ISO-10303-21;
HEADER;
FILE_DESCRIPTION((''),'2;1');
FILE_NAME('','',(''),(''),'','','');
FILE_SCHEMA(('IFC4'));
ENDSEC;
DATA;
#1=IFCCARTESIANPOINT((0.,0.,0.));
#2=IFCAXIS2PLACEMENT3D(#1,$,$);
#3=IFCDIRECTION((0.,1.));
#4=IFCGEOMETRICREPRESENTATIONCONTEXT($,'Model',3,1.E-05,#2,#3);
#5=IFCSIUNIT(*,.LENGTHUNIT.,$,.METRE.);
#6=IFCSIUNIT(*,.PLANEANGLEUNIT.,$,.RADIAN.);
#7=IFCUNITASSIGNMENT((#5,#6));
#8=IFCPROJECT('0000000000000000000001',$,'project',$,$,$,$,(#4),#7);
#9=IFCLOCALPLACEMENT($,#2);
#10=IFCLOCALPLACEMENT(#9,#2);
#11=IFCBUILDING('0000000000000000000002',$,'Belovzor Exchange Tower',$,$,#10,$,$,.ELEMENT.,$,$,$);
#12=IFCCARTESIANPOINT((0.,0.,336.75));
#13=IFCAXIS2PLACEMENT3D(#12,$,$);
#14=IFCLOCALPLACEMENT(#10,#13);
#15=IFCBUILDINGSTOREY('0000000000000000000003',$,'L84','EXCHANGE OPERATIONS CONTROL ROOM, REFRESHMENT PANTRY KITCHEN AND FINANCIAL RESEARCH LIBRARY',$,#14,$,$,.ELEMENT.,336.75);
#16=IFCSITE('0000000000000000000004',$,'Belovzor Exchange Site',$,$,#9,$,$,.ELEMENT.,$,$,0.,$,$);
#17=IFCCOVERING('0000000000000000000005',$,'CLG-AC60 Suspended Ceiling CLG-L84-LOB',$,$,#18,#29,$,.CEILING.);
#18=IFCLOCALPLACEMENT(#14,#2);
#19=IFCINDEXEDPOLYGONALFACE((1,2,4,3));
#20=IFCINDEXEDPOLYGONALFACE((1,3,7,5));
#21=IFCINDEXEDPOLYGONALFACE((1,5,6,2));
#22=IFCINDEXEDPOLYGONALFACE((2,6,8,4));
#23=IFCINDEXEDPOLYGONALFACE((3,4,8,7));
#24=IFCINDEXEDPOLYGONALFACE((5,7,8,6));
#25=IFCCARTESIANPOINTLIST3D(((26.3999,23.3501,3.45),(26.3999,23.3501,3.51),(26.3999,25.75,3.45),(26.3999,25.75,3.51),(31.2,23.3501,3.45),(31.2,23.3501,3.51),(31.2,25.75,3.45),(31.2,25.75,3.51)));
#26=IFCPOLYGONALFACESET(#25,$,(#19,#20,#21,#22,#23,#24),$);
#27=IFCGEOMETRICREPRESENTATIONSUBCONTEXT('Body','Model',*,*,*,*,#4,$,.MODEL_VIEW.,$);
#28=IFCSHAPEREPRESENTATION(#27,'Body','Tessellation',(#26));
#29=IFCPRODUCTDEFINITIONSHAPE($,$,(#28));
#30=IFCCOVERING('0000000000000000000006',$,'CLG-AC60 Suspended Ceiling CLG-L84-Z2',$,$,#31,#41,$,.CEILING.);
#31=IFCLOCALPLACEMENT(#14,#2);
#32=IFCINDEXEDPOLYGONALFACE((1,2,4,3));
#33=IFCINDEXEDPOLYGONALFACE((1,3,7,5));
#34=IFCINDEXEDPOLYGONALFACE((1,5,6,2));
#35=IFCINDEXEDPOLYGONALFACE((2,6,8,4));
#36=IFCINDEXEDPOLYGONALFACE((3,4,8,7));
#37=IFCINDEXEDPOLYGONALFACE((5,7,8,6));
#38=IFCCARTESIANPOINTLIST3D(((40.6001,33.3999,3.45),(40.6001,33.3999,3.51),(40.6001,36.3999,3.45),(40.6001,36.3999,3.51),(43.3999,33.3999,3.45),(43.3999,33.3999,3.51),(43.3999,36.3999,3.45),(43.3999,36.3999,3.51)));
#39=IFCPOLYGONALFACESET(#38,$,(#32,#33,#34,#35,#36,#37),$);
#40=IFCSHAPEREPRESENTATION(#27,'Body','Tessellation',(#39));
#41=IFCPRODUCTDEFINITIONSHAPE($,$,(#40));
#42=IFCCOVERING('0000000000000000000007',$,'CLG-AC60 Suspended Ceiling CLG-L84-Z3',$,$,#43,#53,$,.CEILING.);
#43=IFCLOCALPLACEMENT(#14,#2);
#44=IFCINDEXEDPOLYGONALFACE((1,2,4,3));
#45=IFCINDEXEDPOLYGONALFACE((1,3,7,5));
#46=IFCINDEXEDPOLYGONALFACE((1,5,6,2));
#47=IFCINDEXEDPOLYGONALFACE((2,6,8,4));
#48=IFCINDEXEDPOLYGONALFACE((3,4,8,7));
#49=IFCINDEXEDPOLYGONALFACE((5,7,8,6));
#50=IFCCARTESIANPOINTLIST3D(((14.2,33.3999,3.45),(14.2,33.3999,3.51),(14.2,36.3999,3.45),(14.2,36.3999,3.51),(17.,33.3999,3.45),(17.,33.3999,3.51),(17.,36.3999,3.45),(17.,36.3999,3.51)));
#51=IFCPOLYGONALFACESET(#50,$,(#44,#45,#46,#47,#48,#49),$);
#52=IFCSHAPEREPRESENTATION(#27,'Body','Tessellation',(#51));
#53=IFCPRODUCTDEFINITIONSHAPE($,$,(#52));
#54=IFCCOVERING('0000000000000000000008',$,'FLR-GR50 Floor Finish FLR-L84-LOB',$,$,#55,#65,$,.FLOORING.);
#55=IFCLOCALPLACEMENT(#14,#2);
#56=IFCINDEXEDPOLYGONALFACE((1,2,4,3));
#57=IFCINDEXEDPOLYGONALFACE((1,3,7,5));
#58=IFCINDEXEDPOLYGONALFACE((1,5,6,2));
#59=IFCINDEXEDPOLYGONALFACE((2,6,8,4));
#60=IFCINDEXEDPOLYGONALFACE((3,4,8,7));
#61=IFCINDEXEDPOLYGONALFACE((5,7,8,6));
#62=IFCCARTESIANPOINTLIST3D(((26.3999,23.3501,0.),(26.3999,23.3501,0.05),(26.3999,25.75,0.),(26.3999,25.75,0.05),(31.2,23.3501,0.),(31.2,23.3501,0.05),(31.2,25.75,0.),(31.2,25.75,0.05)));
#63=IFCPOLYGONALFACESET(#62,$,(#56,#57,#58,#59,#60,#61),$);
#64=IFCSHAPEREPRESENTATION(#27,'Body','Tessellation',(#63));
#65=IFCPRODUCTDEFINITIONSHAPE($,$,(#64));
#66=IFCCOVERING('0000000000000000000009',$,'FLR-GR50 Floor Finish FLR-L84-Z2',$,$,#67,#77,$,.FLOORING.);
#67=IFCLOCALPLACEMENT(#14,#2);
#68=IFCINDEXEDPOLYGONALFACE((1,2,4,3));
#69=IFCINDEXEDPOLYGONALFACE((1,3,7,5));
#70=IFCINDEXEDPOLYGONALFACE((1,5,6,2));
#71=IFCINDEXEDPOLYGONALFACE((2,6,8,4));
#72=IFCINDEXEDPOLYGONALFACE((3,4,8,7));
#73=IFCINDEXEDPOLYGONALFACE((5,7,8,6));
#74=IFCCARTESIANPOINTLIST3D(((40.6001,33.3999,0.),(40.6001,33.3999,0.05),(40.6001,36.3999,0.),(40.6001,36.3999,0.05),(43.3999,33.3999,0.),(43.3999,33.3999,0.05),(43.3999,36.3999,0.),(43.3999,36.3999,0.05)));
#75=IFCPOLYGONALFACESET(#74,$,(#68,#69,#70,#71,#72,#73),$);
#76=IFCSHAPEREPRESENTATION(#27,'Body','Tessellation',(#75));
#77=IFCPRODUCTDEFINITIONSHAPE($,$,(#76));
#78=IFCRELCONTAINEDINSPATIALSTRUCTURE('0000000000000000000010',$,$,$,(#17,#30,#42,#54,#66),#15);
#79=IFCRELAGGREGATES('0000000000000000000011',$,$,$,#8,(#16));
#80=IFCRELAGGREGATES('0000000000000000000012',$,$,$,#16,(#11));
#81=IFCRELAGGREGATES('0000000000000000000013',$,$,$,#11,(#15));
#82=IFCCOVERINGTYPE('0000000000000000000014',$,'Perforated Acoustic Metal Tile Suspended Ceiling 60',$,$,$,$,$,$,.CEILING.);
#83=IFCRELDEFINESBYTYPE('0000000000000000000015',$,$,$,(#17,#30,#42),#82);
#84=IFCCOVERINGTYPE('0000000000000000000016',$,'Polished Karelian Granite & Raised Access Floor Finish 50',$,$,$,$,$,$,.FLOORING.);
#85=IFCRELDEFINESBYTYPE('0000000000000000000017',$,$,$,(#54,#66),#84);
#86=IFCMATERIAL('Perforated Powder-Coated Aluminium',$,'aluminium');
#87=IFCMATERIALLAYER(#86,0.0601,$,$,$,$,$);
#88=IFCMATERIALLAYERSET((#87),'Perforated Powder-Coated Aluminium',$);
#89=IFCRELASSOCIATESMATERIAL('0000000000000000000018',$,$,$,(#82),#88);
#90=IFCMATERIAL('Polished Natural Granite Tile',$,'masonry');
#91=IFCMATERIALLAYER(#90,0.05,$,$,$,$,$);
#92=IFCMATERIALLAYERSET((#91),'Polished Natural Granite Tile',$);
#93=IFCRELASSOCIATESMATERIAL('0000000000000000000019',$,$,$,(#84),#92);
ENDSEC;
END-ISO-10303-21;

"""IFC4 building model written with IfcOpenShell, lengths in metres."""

from ifc_helpers import new_model, si_unit, direction, frame, origin, place, context, subcontext, project, spatial, polyline, outline, extrude, material, layer, layer_set, type_object, element, save


model = new_model("IFC4")

# Units and contexts
model_context = context("Model", 3, precision=1e-05, world=origin(), true_north=direction((0.0, 1.0)))
body_context = subcontext(model_context, "Body", "Model", "MODEL_VIEW")
ifc_project = project(units=[si_unit("LENGTHUNIT", "METRE"), si_unit("PLANEANGLEUNIT", "RADIAN")], contexts=[model_context])

# Site, building, storey
site_placement = place(None, origin())
site = spatial("IfcSite", under=ifc_project, at=site_placement, Name="Belovzor Exchange Site", CompositionType="ELEMENT", RefElevation=0.0)
building_placement = place(site_placement, origin())
building = spatial("IfcBuilding", under=site, at=building_placement, Name="Belovzor Exchange Tower", CompositionType="ELEMENT")
storey_placement = place(building_placement, frame((0.0, 0.0, 336.75)))
storey = spatial("IfcBuildingStorey", under=building, at=storey_placement, Name="L84", Description="EXCHANGE OPERATIONS CONTROL ROOM, REFRESHMENT PANTRY KITCHEN AND FINANCIAL RESEARCH LIBRARY", CompositionType="ELEMENT", Elevation=336.75)

# Coverings
ifc_material_1 = material(Name="Perforated Powder-Coated Aluminium", Category="aluminium")
ifc_layer_1 = layer(ifc_material_1, 0.0601)
ifc_layer_set_1 = layer_set([ifc_layer_1], Name="Perforated Powder-Coated Aluminium")
covering_type_1 = type_object("IfcCoveringType", Name="Perforated Acoustic Metal Tile Suspended Ceiling 60", PredefinedType="CEILING", material=ifc_layer_set_1)
covering_1_placement = place(storey_placement, frame((0.0, 0.0, 3.45)))
element("IfcCovering", 1, at=covering_1_placement, inside=storey, type_object=covering_type_1, Name="CLG-AC60 Suspended Ceiling CLG-L84-LOB", PredefinedType="CEILING", context=body_context, shape_type="SweptSolid", body=[
    extrude(outline(polyline([(26.3999, 23.3501), (31.2, 23.3501), (31.2, 25.75), (26.3999, 25.75), (26.3999, 23.3501)])), origin(), (0.0, 0.0, 1.0), 0.0601),
])
covering_2_placement = place(storey_placement, frame((0.0, 0.0, 3.45)))
element("IfcCovering", 2, at=covering_2_placement, inside=storey, type_object=covering_type_1, Name="CLG-AC60 Suspended Ceiling CLG-L84-Z2", PredefinedType="CEILING", context=body_context, shape_type="SweptSolid", body=[
    extrude(outline(polyline([(40.6001, 33.3999), (43.3999, 33.3999), (43.3999, 36.3999), (40.6001, 36.3999), (40.6001, 33.3999)])), origin(), (0.0, 0.0, 1.0), 0.0601),
])
covering_3_placement = place(storey_placement, frame((0.0, 0.0, 3.45)))
element("IfcCovering", 3, at=covering_3_placement, inside=storey, type_object=covering_type_1, Name="CLG-AC60 Suspended Ceiling CLG-L84-Z3", PredefinedType="CEILING", context=body_context, shape_type="SweptSolid", body=[
    extrude(outline(polyline([(14.2, 33.3999), (17.0, 33.3999), (17.0, 36.3999), (14.2, 36.3999), (14.2, 33.3999)])), origin(), (0.0, 0.0, 1.0), 0.0601),
])
ifc_material_2 = material(Name="Polished Natural Granite Tile", Category="masonry")
ifc_layer_2 = layer(ifc_material_2, 0.05)
ifc_layer_set_2 = layer_set([ifc_layer_2], Name="Polished Natural Granite Tile")
covering_type_2 = type_object("IfcCoveringType", Name="Polished Karelian Granite & Raised Access Floor Finish 50", PredefinedType="FLOORING", material=ifc_layer_set_2)
covering_4_placement = place(storey_placement, origin())
element("IfcCovering", 4, at=covering_4_placement, inside=storey, type_object=covering_type_2, Name="FLR-GR50 Floor Finish FLR-L84-LOB", PredefinedType="FLOORING", context=body_context, shape_type="SweptSolid", body=[
    extrude(outline(polyline([(26.3999, 23.3501), (31.2, 23.3501), (31.2, 25.75), (26.3999, 25.75), (26.3999, 23.3501)])), origin(), (0.0, 0.0, 1.0), 0.05),
])
covering_5_placement = place(storey_placement, origin())
element("IfcCovering", 5, at=covering_5_placement, inside=storey, type_object=covering_type_2, Name="FLR-GR50 Floor Finish FLR-L84-Z2", PredefinedType="FLOORING", context=body_context, shape_type="SweptSolid", body=[
    extrude(outline(polyline([(40.6001, 33.3999), (43.3999, 33.3999), (43.3999, 36.3999), (40.6001, 36.3999), (40.6001, 33.3999)])), origin(), (0.0, 0.0, 1.0), 0.05),
])

save(model, "model.ifc")
